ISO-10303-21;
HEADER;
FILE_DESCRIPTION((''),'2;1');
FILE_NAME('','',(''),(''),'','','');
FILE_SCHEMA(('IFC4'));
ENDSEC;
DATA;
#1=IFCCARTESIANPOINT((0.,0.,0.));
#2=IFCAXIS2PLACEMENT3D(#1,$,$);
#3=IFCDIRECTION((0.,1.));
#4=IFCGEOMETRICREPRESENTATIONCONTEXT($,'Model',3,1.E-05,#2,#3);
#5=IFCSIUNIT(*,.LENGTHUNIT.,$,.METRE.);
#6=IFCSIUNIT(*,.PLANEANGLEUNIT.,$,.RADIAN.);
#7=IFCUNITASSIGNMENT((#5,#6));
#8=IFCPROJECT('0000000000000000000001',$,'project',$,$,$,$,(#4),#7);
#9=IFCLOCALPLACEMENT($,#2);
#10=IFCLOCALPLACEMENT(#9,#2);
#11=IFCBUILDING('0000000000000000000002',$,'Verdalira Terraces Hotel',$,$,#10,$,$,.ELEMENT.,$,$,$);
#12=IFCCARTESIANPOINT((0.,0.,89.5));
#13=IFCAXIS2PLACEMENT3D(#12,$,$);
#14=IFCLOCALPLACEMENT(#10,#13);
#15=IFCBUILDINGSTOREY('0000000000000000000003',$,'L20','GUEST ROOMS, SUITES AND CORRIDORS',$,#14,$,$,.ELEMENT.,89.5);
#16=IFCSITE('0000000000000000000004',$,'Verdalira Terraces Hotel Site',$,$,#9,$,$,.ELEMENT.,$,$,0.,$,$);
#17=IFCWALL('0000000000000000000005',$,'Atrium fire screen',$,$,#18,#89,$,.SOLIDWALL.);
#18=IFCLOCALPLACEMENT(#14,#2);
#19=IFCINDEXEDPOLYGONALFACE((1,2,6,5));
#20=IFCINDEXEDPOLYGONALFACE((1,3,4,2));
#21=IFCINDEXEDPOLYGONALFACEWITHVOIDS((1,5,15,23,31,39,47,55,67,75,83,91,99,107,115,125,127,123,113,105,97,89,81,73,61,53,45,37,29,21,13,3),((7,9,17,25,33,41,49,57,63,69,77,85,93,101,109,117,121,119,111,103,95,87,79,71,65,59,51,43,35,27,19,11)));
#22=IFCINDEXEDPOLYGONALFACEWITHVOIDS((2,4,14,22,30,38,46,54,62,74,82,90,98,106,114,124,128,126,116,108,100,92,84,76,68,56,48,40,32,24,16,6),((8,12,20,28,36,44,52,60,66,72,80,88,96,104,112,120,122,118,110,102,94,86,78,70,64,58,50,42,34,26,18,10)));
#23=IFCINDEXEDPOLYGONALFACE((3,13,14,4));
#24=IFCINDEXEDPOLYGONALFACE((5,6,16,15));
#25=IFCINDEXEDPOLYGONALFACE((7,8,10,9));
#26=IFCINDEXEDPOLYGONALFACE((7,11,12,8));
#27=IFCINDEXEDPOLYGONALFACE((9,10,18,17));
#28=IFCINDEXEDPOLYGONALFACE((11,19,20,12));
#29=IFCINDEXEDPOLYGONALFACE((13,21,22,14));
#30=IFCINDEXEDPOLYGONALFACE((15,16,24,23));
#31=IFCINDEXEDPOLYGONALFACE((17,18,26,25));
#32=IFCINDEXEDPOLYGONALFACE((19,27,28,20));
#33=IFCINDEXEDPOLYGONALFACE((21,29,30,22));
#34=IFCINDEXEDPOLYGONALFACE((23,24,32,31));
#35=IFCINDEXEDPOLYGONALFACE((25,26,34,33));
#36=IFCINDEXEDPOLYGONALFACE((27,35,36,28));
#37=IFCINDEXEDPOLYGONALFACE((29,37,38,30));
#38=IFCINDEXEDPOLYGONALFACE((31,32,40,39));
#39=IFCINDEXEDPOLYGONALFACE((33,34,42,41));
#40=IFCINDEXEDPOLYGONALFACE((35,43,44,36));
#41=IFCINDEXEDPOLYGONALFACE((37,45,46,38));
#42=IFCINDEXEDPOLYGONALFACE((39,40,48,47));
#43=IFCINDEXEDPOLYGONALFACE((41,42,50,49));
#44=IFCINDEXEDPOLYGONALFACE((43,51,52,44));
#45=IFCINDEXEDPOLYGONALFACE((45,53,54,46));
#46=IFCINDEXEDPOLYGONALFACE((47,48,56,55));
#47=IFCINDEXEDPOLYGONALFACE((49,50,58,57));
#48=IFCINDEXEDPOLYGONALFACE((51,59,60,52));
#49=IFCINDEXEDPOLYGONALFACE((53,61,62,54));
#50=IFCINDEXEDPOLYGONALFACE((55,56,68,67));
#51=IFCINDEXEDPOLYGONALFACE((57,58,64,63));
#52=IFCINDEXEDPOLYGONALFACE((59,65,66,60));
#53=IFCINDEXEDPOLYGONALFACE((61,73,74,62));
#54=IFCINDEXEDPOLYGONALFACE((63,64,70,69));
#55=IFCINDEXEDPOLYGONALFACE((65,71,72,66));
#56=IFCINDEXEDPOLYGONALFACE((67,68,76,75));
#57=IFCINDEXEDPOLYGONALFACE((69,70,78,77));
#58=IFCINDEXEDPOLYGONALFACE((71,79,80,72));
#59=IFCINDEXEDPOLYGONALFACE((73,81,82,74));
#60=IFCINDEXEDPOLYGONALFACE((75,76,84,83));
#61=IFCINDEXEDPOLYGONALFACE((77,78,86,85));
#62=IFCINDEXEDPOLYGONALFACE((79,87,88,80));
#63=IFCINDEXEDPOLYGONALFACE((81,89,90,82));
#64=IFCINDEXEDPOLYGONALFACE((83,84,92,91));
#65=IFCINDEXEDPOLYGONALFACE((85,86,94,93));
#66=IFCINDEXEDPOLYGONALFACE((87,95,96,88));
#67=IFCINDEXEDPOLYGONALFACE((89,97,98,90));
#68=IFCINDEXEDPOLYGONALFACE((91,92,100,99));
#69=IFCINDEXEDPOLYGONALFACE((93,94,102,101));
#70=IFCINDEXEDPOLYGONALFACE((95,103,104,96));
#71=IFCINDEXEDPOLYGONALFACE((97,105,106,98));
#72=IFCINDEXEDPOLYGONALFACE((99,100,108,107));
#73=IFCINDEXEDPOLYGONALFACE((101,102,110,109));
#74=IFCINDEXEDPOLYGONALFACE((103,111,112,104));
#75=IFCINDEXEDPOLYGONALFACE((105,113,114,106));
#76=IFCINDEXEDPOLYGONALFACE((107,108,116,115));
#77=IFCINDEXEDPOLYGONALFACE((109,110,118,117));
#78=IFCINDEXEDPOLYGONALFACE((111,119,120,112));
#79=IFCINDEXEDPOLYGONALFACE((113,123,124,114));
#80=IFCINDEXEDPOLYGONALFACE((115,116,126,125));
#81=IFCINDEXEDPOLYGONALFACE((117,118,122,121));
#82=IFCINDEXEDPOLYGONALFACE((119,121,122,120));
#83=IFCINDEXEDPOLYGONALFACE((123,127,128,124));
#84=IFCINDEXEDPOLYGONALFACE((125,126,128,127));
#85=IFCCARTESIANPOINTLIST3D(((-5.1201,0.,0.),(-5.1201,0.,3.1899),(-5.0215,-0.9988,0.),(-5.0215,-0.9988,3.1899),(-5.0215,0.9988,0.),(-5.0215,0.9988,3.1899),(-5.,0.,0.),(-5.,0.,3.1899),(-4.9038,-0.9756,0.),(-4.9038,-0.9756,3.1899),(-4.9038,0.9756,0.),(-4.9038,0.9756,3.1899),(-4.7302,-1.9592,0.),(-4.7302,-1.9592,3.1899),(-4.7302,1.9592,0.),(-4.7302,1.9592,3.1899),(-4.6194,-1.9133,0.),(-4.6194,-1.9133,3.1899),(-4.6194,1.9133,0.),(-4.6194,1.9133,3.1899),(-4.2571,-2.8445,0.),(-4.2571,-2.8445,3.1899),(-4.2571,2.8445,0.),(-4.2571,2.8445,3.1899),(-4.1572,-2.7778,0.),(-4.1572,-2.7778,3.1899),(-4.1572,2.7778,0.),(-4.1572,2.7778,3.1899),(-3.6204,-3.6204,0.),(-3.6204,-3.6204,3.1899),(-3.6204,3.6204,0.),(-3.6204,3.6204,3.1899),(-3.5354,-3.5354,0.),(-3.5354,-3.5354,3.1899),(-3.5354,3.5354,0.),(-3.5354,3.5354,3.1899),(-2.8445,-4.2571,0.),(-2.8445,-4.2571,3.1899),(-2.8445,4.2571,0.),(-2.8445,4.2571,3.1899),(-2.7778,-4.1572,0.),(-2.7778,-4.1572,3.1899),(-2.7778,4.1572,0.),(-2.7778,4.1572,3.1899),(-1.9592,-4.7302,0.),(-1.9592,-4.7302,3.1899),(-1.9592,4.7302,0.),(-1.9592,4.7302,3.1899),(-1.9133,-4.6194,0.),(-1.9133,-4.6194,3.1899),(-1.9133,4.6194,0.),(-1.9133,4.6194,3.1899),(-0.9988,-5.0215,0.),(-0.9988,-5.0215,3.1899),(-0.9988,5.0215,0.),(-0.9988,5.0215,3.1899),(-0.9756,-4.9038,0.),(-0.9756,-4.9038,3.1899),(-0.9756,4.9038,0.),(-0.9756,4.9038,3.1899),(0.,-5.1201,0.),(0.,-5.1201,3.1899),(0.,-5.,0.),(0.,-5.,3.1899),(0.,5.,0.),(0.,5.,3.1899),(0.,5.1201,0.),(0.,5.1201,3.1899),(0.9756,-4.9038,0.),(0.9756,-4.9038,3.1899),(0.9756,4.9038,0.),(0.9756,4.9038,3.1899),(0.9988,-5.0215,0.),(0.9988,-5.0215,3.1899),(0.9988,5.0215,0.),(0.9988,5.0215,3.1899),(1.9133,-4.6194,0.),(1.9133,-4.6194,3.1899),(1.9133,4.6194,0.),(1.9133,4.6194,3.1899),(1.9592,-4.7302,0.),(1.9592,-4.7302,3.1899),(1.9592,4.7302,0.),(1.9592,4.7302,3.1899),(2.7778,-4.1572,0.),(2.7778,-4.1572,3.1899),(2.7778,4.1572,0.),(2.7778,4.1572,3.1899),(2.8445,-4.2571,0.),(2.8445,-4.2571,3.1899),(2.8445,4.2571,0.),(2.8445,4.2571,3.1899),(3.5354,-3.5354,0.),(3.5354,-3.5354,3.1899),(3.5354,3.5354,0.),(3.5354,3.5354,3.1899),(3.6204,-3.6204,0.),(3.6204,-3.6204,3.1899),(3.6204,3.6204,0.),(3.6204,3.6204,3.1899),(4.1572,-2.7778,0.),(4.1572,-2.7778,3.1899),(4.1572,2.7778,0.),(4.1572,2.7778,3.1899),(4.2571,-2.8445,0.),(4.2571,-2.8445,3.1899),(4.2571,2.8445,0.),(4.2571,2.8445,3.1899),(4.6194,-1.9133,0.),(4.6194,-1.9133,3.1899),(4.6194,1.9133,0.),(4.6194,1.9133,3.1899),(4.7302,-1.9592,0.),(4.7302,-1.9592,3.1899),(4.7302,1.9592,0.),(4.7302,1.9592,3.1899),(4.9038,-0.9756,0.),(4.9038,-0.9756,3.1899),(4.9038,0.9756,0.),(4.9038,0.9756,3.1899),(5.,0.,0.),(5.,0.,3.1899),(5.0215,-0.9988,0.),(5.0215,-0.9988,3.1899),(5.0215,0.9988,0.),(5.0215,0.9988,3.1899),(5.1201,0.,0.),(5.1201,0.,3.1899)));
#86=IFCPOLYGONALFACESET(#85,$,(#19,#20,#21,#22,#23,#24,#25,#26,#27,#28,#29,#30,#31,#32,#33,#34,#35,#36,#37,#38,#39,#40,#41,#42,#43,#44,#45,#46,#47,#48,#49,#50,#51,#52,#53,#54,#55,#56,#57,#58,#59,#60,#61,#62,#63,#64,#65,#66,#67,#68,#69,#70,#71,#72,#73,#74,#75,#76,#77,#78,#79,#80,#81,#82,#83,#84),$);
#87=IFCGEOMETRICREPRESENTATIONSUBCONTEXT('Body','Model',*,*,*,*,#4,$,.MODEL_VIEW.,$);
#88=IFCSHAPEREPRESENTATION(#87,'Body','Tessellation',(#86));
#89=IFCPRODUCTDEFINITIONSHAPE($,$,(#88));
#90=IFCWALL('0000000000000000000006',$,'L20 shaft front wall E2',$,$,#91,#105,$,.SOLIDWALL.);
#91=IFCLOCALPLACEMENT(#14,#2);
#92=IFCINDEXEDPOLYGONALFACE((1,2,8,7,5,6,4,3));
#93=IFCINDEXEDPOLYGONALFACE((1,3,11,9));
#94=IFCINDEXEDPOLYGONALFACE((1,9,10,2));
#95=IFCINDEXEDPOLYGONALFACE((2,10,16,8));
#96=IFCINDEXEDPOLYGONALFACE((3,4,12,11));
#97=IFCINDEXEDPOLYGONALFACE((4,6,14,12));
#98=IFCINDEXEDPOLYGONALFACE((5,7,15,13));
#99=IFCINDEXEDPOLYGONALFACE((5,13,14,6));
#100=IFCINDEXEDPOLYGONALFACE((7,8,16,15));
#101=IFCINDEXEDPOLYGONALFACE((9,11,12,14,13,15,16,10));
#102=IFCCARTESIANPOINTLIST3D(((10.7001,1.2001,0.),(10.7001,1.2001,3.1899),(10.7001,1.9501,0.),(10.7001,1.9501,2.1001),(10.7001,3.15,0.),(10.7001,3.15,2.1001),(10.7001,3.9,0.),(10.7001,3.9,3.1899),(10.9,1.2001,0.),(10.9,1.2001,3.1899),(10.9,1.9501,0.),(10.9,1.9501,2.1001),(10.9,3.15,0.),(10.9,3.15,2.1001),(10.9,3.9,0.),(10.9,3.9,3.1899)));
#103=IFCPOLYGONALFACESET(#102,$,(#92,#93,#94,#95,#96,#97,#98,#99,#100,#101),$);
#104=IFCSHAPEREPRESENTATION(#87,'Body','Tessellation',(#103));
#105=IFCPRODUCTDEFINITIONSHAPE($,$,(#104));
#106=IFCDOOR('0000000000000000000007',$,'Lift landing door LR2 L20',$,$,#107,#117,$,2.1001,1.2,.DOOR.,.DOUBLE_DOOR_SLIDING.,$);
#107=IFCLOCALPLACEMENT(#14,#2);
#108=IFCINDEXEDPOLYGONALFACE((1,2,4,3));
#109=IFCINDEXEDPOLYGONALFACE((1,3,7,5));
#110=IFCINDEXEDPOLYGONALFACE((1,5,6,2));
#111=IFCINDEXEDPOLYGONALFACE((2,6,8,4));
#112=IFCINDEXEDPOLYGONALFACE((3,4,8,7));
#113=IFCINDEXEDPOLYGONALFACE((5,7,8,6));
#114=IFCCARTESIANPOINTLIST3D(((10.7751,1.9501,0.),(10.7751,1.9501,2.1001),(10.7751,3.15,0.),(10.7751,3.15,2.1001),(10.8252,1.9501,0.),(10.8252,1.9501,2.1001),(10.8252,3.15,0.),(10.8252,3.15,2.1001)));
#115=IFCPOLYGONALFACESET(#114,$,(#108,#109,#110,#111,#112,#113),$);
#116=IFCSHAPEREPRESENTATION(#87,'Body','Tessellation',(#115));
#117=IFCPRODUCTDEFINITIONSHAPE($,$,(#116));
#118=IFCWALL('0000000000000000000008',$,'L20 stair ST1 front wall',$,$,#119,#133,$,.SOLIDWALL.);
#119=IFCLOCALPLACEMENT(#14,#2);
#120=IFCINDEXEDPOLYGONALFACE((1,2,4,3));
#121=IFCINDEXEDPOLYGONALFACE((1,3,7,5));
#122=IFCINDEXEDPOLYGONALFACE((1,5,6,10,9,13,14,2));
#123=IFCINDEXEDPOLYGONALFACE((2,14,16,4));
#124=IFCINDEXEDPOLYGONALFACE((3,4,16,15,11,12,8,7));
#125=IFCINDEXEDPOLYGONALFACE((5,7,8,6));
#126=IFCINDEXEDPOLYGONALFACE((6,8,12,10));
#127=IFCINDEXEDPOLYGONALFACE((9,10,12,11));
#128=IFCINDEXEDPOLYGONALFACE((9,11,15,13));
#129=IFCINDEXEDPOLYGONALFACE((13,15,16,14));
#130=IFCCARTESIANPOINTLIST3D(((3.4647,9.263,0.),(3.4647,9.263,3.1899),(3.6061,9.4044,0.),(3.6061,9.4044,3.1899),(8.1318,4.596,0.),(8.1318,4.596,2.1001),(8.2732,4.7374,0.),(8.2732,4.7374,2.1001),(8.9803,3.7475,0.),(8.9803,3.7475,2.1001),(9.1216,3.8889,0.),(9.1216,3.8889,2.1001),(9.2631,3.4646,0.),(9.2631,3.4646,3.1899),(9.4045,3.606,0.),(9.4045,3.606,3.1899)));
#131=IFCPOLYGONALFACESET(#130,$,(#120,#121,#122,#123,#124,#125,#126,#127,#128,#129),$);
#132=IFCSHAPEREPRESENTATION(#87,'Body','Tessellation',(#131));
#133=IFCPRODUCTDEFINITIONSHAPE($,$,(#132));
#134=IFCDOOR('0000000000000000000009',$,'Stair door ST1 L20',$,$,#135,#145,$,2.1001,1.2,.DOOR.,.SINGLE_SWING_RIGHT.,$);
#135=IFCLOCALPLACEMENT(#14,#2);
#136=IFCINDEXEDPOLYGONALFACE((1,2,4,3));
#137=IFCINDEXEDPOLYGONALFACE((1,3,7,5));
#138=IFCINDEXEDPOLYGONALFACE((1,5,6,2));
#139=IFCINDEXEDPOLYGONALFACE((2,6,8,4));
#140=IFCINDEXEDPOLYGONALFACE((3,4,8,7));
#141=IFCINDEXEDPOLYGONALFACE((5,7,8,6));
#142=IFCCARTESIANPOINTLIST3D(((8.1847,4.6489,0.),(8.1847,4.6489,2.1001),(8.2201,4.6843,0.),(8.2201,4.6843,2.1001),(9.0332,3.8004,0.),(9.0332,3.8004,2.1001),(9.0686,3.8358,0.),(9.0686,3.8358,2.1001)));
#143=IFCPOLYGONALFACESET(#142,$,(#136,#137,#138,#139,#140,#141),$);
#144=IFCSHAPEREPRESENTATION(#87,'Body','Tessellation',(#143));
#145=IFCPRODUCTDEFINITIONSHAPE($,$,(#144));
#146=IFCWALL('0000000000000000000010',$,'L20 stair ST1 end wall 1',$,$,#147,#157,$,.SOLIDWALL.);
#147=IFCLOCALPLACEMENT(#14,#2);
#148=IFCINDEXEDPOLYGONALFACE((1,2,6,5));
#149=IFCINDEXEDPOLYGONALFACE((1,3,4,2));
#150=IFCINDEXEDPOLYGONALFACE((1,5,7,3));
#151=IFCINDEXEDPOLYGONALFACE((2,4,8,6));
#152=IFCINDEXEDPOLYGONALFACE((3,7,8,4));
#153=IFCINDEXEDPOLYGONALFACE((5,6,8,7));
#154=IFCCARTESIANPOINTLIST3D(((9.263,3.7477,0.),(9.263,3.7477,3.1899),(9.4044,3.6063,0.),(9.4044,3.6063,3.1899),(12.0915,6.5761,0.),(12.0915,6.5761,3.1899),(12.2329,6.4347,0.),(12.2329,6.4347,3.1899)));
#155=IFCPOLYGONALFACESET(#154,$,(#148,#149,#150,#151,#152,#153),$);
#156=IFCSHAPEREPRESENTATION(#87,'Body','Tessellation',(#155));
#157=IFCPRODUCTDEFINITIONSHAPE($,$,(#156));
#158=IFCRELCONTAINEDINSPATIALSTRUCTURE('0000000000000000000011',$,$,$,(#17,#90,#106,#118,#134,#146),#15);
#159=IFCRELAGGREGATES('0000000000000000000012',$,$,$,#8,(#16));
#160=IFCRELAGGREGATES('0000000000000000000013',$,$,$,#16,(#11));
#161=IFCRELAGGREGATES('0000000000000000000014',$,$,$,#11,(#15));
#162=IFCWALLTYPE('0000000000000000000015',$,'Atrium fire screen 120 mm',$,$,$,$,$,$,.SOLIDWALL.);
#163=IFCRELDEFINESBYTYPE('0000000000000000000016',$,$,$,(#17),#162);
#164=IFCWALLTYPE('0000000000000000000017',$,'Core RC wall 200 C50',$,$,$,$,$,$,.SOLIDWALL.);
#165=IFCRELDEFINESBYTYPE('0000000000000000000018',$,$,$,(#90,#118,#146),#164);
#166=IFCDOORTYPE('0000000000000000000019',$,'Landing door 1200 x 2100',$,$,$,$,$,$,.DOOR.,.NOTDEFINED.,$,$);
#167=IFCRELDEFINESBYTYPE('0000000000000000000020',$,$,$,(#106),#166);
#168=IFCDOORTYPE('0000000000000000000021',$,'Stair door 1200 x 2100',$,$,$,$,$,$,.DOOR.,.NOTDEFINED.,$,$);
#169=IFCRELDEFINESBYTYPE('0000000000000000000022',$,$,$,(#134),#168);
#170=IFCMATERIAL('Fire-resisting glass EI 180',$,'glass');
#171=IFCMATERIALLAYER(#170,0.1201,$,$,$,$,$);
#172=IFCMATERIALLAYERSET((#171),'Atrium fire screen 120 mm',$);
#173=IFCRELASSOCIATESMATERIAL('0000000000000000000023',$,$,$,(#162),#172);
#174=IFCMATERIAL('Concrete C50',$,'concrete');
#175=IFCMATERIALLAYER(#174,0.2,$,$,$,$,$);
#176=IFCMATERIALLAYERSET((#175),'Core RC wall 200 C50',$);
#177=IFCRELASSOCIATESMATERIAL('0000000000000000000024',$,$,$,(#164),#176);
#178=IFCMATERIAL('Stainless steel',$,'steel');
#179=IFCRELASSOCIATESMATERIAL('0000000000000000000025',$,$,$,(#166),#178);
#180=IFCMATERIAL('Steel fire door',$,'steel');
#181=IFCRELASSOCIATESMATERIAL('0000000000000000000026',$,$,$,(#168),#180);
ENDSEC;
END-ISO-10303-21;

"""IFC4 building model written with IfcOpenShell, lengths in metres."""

from ifc_helpers import new_model, si_unit, direction, frame, frame_2d, origin, place, context, subcontext, project, spatial, polyline, rectangle, outline, extrude, material, layer, layer_set, type_object, element, fill, save


model = new_model("IFC4")

# Units and contexts
model_context = context("Model", 3, precision=1e-05, world=origin(), true_north=direction((0.0, 1.0)))
body_context = subcontext(model_context, "Body", "Model", "MODEL_VIEW")
ifc_project = project(units=[si_unit("LENGTHUNIT", "METRE"), si_unit("PLANEANGLEUNIT", "RADIAN")], contexts=[model_context])

# Site, building, storey
site_placement = place(None, origin())
site = spatial("IfcSite", under=ifc_project, at=site_placement, Name="Verdalira Terraces Hotel Site", CompositionType="ELEMENT", RefElevation=0.0)
building_placement = place(site_placement, origin())
building = spatial("IfcBuilding", under=site, at=building_placement, Name="Verdalira Terraces Hotel", CompositionType="ELEMENT")
storey_placement = place(building_placement, frame((0.0, 0.0, 89.5)))
storey = spatial("IfcBuildingStorey", under=building, at=storey_placement, Name="L20", Description="GUEST ROOMS, SUITES AND CORRIDORS", CompositionType="ELEMENT", Elevation=89.5)

# Wall
ifc_material_1 = material(Name="Fire-resisting glass EI 180", Category="glass")
ifc_layer_1 = layer(ifc_material_1, 0.1201)
ifc_layer_set_1 = layer_set([ifc_layer_1], Name="Atrium fire screen 120 mm")
wall_type_1 = type_object("IfcWallType", Name="Atrium fire screen 120 mm", PredefinedType="SOLIDWALL", material=ifc_layer_set_1)
wall_1_placement = place(storey_placement, origin())
element("IfcWall", 1, at=wall_1_placement, inside=storey, type_object=wall_type_1, Name="Atrium fire screen", PredefinedType="SOLIDWALL", context=body_context, shape_type="SweptSolid", body=[
    extrude(outline(polyline([(5.0215, -0.9988), (4.7302, -1.9592), (4.2571, -2.8445), (3.6204, -3.6204), (2.8445, -4.2571), (1.9592, -4.7302), (0.9988, -5.0215), (0.0, -5.1201), (-0.9988, -5.0215), (-1.9592, -4.7302), (-2.8445, -4.2571), (-3.6204, -3.6204), (-4.2571, -2.8445), (-4.7302, -1.9592), (-5.0215, -0.9988), (-5.1201, 0.0), (-5.0215, 0.9988), (-4.7302, 1.9592), (-4.2571, 2.8445), (-3.6204, 3.6204), (-2.8445, 4.2571), (-1.9592, 4.7302), (-0.9988, 5.0215), (0.0, 5.1201), (0.9988, 5.0215), (1.9592, 4.7302), (2.8445, 4.2571), (3.6204, 3.6204), (4.2571, 2.8445), (4.7302, 1.9592), (5.0215, 0.9988), (5.1201, 0.0), (5.0215, -0.9988)]), holes=[polyline([(4.9038, 0.9756), (4.6194, 1.9133), (4.1572, 2.7778), (3.5354, 3.5354), (2.7778, 4.1572), (1.9133, 4.6194), (0.9756, 4.9038), (0.0, 5.0), (-0.9756, 4.9038), (-1.9133, 4.6194), (-2.7778, 4.1572), (-3.5354, 3.5354), (-4.1572, 2.7778), (-4.6194, 1.9133), (-4.9038, 0.9756), (-5.0, 0.0), (-4.9038, -0.9756), (-4.6194, -1.9133), (-4.1572, -2.7778), (-3.5354, -3.5354), (-2.7778, -4.1572), (-1.9133, -4.6194), (-0.9756, -4.9038), (0.0, -5.0), (0.9756, -4.9038), (1.9133, -4.6194), (2.7778, -4.1572), (3.5354, -3.5354), (4.1572, -2.7778), (4.6194, -1.9133), (4.9038, -0.9756), (5.0, 0.0), (4.9038, 0.9756)])]), origin(), (0.0, 0.0, 1.0), 3.1899),
])

# Walls, openings, doors
ifc_material_2 = material(Name="Concrete C50", Category="concrete")
ifc_layer_2 = layer(ifc_material_2, 0.2)
ifc_layer_set_2 = layer_set([ifc_layer_2], Name="Core RC wall 200 C50")
wall_type_2 = type_object("IfcWallType", Name="Core RC wall 200 C50", PredefinedType="SOLIDWALL", material=ifc_layer_set_2)
wall_2_placement = place(storey_placement, frame((10.8, 1.2, 0.0), z_axis=(0.0, 0.0, 1.0), x_axis=(0.0, 1.0, 0.0)))
wall_2 = element("IfcWall", 2, at=wall_2_placement, inside=storey, type_object=wall_type_2, Name="L20 shaft front wall E2", PredefinedType="SOLIDWALL", context=body_context, shape_type="SweptSolid", body=[
    extrude(rectangle(XDim=2.7, YDim=0.2, at=frame_2d((1.3501, 0.0))), origin(), (0.0, 0.0, 1.0), 3.1899),
])
opening_1_placement = place(wall_2_placement, frame((0.75, 0.0, 0.0)))
opening_1 = element("IfcOpeningElement", 3, at=opening_1_placement, cuts=wall_2, PredefinedType="OPENING", context=body_context, shape_type="SweptSolid", body=[
    extrude(rectangle(XDim=1.2, YDim=2.1001, at=frame_2d((0.6001, 1.05))), frame((0.0, 0.1099, 0.0), z_axis=(0.0, -1.0, 0.0), x_axis=(1.0, 0.0, 0.0)), (0.0, 0.0, 1.0), 0.22),
])
ifc_material_3 = material(Name="Stainless steel", Category="steel")
door_type_1 = type_object("IfcDoorType", Name="Landing door 1200 x 2100", OperationType="NOTDEFINED", PredefinedType="DOOR", material=ifc_material_3)
door_1_placement = place(opening_1_placement, origin())
door_1 = element("IfcDoor", 4, at=door_1_placement, inside=storey, type_object=door_type_1, Name="Lift landing door LR2 L20", OperationType="DOUBLE_DOOR_SLIDING", OverallHeight=2.1001, OverallWidth=1.2, PredefinedType="DOOR", context=body_context, shape_type="SweptSolid", body=[
    extrude(rectangle(XDim=1.2, YDim=2.1001, at=frame_2d((0.6001, 1.05))), frame((0.0, 0.0249, 0.0), z_axis=(0.0, -1.0, 0.0), x_axis=(1.0, 0.0, 0.0)), (0.0, 0.0, 1.0), 0.05),
])
fill(opening_1, door_1)
wall_3_placement = place(storey_placement, frame((3.5354, 9.3337, 0.0), z_axis=(0.0, 0.0, 1.0), x_axis=(0.707107, -0.707107, 0.0)))
wall_3 = element("IfcWall", 5, at=wall_3_placement, inside=storey, type_object=wall_type_2, Name="L20 stair ST1 front wall", PredefinedType="SOLIDWALL", context=body_context, shape_type="SweptSolid", body=[
    extrude(rectangle(XDim=8.2002, YDim=0.2, at=frame_2d((4.1001, 0.0))), origin(), (0.0, 0.0, 1.0), 3.1899),
])
opening_2_placement = place(wall_3_placement, frame((6.6001, 0.0, 0.0)))
opening_2 = element("IfcOpeningElement", 6, at=opening_2_placement, cuts=wall_3, PredefinedType="OPENING", context=body_context, shape_type="SweptSolid", body=[
    extrude(rectangle(XDim=1.2, YDim=2.1001, at=frame_2d((0.6001, 1.05))), frame((0.0, 0.1099, 0.0), z_axis=(0.0, -1.0, 0.0), x_axis=(1.0, 0.0, 0.0)), (0.0, 0.0, 1.0), 0.22),
])
ifc_material_4 = material(Name="Steel fire door", Category="steel")
door_type_2 = type_object("IfcDoorType", Name="Stair door 1200 x 2100", OperationType="NOTDEFINED", PredefinedType="DOOR", material=ifc_material_4)
door_2_placement = place(opening_2_placement, origin())
door_2 = element("IfcDoor", 7, at=door_2_placement, inside=storey, type_object=door_type_2, Name="Stair door ST1 L20", OperationType="SINGLE_SWING_RIGHT", OverallHeight=2.1001, OverallWidth=1.2, PredefinedType="DOOR", context=body_context, shape_type="SweptSolid", body=[
    extrude(rectangle(XDim=1.2, YDim=2.1001, at=frame_2d((0.6001, 1.05))), frame((0.0, 0.0249, 0.0), z_axis=(0.0, -1.0, 0.0), x_axis=(1.0, 0.0, 0.0)), (0.0, 0.0, 1.0), 0.05),
])
fill(opening_2, door_2)

# Wall
wall_4_placement = place(storey_placement, frame((9.3337, 3.677, 0.0), z_axis=(0.0, 0.0, 1.0), x_axis=(0.707107, 0.707107, 0.0)))
element("IfcWall", 8, at=wall_4_placement, inside=storey, type_object=wall_type_2, Name="L20 stair ST1 end wall 1", PredefinedType="SOLIDWALL", context=body_context, shape_type="SweptSolid", body=[
    extrude(rectangle(XDim=4.0, YDim=0.2, at=frame_2d((2.0, 0.0))), origin(), (0.0, 0.0, 1.0), 3.1899),
])

save(model, "model.ifc")
